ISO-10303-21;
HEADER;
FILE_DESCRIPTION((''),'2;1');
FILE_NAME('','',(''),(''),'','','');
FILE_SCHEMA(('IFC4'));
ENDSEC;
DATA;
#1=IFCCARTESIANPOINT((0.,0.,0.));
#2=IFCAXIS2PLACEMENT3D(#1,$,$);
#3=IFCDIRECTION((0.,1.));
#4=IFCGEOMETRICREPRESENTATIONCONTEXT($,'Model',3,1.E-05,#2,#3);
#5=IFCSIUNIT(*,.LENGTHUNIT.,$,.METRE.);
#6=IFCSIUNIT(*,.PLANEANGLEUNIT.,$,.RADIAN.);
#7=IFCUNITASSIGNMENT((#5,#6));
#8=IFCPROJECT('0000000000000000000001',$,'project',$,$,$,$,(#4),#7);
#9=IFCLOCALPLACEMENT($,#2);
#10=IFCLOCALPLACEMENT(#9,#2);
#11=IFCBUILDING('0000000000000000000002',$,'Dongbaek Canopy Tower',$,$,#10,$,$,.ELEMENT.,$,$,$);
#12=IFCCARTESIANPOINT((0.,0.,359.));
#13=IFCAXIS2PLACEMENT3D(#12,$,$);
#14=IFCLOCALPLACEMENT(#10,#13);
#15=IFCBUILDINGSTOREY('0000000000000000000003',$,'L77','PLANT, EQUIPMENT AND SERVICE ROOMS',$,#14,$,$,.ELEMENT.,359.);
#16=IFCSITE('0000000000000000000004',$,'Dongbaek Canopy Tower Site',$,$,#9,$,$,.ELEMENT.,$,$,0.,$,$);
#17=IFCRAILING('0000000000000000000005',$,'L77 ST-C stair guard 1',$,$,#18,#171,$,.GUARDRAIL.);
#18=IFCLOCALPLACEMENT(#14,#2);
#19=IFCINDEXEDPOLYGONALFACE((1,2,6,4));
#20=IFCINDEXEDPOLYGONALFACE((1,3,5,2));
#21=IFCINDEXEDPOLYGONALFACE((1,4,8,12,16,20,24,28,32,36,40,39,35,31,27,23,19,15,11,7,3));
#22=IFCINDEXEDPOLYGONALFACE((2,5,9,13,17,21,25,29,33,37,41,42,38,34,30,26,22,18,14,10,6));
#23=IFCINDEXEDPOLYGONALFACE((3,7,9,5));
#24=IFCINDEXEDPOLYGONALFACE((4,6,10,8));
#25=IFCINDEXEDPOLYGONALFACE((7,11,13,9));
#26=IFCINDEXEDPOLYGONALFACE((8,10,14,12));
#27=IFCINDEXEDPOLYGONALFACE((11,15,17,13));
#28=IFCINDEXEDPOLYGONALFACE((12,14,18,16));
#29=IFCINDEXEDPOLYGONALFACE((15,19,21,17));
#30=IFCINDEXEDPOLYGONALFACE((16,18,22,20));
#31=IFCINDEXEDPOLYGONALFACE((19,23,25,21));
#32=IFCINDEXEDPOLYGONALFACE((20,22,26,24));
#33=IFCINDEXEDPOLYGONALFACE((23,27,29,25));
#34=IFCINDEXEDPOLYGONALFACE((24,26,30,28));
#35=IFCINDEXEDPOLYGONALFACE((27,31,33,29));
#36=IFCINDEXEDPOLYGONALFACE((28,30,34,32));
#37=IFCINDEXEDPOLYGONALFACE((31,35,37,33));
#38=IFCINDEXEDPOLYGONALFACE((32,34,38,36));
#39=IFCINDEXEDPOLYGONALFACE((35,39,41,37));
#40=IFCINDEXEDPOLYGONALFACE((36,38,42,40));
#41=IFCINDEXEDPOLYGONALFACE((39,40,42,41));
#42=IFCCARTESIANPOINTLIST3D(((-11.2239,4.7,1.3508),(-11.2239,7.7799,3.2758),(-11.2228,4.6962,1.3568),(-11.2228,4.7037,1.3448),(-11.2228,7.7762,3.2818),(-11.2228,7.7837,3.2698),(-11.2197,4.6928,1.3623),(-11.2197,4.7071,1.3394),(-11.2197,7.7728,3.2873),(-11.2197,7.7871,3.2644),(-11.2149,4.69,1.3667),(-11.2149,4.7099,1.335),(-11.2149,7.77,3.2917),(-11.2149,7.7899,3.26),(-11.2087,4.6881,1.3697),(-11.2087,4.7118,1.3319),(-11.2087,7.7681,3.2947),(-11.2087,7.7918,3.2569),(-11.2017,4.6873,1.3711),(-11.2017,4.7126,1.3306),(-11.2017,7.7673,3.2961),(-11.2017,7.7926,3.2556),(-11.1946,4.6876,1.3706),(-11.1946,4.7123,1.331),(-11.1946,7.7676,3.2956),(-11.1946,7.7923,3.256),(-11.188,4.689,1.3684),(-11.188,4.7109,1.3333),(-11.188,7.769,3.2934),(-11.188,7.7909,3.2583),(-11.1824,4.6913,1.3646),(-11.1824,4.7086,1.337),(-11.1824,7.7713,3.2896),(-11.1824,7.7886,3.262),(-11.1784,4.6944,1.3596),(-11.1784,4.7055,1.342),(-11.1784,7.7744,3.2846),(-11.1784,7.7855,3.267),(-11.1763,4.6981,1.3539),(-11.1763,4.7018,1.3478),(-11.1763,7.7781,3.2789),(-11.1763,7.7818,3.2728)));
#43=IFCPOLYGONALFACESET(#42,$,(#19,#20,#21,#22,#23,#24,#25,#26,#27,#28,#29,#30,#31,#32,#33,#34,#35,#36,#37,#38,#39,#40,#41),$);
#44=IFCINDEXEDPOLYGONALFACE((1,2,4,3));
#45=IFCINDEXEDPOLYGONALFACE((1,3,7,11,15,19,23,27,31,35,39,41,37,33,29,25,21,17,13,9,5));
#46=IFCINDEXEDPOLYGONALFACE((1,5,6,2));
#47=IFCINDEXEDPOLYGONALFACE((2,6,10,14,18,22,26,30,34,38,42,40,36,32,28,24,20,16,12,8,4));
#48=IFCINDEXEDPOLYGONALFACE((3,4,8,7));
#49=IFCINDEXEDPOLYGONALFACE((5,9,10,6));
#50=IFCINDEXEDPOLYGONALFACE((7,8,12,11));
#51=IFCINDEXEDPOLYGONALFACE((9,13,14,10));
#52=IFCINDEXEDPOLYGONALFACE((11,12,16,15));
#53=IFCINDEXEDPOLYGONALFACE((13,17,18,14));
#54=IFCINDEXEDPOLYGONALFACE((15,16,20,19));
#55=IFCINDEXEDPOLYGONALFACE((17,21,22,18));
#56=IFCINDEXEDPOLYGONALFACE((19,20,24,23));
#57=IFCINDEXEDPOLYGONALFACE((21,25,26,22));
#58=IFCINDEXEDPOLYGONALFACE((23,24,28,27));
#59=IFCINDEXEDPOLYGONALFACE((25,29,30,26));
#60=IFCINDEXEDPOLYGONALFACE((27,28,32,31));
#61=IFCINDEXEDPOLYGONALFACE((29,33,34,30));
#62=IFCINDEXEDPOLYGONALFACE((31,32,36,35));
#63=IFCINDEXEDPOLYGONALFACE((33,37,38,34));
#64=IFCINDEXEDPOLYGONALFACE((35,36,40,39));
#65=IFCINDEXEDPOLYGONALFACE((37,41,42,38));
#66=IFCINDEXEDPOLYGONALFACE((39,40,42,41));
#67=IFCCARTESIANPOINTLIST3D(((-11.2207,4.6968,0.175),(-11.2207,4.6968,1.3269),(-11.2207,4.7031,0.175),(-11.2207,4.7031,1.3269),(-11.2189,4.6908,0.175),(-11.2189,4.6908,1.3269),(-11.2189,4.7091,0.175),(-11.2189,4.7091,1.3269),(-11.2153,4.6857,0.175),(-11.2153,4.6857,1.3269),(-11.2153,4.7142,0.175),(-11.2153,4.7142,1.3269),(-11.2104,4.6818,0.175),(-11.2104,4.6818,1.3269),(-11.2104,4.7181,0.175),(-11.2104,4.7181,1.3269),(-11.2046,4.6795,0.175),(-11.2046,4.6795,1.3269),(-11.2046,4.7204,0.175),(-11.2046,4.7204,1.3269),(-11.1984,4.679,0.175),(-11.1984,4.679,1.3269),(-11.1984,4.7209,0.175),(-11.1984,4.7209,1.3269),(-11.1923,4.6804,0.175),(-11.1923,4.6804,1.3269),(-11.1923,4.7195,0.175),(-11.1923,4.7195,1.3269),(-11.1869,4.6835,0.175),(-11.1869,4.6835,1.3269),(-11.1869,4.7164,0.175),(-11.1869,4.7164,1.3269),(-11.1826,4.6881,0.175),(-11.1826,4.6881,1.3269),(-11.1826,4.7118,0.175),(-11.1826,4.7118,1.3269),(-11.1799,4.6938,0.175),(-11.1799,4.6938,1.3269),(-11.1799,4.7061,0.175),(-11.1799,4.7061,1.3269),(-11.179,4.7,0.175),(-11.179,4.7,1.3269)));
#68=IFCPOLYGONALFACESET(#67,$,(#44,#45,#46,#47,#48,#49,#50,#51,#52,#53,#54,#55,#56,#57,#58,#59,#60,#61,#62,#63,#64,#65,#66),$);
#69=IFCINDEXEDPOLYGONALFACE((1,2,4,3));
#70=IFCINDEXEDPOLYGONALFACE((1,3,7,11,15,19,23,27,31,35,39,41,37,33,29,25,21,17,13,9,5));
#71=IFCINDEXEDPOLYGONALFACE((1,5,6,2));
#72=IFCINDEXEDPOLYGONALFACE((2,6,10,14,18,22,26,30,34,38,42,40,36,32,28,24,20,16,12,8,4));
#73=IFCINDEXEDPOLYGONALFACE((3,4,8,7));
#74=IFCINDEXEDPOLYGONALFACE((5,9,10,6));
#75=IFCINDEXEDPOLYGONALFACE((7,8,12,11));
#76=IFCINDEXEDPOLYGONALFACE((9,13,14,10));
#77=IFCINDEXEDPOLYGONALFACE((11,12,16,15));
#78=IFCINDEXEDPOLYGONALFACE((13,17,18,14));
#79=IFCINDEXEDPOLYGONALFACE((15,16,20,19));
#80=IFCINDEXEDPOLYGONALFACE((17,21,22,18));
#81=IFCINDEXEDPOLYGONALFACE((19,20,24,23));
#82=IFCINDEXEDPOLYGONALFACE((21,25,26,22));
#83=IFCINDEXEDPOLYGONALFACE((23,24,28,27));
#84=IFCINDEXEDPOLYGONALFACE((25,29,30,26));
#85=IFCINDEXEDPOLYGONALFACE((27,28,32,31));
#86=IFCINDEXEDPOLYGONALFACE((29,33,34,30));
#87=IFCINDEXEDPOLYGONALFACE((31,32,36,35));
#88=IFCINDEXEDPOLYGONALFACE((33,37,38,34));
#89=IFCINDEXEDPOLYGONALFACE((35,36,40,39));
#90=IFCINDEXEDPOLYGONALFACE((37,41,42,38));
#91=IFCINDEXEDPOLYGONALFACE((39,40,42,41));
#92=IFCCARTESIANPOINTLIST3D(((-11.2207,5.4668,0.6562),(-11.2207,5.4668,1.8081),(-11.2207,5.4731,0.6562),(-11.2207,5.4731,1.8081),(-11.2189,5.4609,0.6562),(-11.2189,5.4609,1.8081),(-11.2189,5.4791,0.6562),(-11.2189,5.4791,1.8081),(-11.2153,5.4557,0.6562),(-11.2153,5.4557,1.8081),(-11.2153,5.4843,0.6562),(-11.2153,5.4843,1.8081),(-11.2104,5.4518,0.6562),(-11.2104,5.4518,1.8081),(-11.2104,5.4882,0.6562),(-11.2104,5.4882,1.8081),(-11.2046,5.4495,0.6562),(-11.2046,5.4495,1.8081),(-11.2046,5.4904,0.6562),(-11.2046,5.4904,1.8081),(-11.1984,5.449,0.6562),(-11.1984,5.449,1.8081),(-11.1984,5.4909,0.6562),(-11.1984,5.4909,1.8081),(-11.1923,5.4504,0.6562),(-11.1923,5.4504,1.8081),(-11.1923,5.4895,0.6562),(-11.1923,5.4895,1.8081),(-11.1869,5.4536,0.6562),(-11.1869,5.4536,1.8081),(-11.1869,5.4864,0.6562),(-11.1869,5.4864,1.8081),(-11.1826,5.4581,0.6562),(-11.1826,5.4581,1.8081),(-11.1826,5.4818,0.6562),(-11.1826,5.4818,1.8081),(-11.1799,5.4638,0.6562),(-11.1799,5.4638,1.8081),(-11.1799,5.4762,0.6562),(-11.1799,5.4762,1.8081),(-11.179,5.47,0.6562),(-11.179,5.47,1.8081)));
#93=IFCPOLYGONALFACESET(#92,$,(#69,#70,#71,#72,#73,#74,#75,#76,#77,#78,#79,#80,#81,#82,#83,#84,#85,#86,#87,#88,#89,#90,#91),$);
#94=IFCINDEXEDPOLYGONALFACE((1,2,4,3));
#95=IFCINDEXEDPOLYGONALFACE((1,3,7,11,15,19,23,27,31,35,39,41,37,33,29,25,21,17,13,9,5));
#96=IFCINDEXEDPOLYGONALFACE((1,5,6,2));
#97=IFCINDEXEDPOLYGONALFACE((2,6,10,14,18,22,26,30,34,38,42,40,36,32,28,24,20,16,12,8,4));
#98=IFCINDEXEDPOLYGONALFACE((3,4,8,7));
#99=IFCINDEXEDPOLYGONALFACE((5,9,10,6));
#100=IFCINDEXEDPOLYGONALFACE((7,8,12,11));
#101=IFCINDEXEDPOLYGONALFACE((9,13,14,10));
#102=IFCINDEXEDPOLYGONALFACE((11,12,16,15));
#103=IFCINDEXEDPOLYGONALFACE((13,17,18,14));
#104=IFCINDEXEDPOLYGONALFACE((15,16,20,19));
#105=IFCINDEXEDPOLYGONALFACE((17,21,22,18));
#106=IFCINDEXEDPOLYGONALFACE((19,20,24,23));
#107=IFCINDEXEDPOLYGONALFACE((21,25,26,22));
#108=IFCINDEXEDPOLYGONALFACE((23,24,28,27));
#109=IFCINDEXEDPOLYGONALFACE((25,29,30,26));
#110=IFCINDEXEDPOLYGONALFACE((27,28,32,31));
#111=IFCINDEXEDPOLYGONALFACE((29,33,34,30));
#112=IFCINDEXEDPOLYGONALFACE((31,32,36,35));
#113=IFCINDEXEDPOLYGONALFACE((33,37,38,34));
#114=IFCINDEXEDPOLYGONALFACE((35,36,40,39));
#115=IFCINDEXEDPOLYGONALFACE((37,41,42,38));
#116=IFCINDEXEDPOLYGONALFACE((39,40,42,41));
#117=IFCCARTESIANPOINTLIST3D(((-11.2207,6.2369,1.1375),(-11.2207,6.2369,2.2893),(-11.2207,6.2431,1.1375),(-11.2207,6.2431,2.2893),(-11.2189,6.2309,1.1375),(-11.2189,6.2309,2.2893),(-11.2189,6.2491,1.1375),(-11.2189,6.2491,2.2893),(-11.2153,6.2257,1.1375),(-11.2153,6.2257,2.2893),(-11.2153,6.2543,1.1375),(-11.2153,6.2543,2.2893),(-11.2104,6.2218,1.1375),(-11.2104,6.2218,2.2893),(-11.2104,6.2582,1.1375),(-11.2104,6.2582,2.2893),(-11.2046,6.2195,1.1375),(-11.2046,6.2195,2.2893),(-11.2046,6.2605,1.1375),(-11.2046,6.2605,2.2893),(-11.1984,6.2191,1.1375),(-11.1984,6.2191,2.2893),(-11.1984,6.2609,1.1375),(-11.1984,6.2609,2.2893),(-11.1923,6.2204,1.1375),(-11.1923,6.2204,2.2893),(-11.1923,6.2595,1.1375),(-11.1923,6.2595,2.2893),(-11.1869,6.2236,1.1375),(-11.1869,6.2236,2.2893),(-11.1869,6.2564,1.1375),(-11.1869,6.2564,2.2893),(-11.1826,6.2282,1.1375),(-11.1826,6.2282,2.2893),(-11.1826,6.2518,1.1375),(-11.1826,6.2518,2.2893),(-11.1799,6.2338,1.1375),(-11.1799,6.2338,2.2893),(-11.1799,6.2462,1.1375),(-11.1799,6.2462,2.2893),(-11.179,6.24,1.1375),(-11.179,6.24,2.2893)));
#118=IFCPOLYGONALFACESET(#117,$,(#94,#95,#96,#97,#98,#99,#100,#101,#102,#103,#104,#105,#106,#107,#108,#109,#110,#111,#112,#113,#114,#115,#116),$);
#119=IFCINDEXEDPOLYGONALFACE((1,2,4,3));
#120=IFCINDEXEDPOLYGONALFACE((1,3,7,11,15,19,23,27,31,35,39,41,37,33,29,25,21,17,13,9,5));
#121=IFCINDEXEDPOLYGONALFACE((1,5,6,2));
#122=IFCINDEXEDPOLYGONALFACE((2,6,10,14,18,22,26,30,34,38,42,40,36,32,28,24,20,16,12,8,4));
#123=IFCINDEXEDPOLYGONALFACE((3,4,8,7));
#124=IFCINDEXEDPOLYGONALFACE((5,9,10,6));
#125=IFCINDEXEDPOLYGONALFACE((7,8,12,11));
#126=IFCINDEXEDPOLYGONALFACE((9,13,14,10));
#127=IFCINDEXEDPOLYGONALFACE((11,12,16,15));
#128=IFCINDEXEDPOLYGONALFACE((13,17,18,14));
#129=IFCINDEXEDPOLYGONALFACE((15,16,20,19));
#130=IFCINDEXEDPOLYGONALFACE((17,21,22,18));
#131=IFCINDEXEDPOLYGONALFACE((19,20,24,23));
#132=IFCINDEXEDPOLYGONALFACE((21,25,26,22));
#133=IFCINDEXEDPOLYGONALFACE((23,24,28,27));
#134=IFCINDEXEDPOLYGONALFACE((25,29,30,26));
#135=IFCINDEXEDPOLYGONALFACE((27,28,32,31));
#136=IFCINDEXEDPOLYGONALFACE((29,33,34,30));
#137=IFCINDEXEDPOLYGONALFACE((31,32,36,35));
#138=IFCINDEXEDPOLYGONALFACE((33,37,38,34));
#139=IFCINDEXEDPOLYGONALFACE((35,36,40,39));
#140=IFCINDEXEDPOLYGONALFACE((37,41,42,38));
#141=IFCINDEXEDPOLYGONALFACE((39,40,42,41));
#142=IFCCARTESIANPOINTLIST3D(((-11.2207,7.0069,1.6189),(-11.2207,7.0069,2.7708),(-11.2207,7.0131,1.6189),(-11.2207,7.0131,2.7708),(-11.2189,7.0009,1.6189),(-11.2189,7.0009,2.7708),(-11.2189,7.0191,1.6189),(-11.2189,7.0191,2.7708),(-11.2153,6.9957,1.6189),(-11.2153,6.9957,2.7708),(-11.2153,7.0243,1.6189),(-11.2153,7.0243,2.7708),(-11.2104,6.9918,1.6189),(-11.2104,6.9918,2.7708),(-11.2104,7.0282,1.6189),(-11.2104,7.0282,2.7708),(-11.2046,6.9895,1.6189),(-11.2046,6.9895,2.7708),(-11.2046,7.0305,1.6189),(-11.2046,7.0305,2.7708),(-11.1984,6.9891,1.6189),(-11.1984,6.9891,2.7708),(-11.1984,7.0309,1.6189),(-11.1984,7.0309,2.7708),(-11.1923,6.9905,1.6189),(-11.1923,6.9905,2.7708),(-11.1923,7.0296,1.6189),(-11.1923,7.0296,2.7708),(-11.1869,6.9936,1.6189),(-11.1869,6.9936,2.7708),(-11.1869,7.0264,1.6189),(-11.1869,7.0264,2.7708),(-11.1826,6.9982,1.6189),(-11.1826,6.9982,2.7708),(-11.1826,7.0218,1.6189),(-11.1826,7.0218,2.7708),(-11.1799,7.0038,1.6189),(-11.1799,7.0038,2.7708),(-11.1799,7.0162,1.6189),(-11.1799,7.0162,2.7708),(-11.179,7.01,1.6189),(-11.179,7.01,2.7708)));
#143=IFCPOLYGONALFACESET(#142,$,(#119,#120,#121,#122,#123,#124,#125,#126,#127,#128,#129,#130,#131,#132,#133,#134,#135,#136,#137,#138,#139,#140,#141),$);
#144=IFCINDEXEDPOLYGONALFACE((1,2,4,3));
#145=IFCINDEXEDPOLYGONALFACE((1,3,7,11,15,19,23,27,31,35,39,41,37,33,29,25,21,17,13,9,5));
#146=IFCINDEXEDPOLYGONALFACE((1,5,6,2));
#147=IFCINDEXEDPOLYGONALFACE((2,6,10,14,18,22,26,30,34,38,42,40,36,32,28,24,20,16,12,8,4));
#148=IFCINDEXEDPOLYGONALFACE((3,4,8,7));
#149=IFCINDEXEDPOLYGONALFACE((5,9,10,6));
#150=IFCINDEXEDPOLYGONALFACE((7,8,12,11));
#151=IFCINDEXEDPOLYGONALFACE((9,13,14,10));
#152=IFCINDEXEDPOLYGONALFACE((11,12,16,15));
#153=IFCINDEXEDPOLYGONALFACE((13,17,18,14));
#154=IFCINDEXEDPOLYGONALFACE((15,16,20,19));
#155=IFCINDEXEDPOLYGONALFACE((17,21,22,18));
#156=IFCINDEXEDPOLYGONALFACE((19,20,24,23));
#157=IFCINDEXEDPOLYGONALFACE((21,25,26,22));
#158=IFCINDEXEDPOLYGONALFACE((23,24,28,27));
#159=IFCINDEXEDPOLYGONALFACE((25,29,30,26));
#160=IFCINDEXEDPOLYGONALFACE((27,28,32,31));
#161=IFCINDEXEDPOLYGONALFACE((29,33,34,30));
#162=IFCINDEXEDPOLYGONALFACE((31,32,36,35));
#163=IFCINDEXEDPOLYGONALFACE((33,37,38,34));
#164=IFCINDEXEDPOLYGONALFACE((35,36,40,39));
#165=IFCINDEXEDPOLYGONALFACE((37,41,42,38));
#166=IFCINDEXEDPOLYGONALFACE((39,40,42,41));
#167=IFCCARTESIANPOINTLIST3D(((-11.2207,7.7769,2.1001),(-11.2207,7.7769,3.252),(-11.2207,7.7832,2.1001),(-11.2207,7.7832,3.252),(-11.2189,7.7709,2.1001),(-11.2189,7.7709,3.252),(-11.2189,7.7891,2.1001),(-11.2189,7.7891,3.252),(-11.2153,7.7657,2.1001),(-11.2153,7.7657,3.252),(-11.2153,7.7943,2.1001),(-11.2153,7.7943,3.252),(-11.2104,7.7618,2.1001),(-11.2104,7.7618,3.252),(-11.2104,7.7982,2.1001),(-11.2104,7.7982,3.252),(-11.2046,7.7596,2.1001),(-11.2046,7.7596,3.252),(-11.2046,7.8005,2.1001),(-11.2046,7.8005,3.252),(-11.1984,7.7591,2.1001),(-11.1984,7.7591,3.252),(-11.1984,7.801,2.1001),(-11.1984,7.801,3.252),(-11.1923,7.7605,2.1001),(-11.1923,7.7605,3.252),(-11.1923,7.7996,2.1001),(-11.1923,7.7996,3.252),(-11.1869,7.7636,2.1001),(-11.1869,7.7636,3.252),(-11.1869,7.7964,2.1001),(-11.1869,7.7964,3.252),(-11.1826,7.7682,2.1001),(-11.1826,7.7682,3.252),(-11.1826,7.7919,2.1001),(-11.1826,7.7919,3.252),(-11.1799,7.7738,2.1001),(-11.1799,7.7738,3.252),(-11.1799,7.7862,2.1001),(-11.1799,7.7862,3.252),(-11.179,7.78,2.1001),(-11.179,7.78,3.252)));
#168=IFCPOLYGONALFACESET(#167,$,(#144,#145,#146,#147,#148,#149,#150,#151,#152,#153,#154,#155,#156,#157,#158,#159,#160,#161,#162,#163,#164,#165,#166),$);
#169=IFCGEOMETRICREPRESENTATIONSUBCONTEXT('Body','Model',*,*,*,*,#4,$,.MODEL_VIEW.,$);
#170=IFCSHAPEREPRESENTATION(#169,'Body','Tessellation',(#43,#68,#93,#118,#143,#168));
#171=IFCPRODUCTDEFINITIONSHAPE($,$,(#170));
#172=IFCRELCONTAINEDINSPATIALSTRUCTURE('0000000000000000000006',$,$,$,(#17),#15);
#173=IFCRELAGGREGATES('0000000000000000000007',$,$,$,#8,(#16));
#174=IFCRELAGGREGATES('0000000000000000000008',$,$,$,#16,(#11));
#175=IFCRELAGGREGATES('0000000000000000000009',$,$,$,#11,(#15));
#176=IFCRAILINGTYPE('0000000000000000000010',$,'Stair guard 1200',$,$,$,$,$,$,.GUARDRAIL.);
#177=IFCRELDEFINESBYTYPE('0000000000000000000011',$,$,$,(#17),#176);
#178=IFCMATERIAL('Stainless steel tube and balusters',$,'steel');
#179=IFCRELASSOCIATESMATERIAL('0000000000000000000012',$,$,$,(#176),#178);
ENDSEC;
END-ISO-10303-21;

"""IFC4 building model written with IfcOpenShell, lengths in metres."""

from ifc_helpers import new_model, si_unit, direction, frame, origin, origin_2d, place, context, subcontext, project, spatial, circle, extrude, material, type_object, element, save


model = new_model("IFC4")

# Units and contexts
model_context = context("Model", 3, precision=1e-05, world=origin(), true_north=direction((0.0, 1.0)))
body_context = subcontext(model_context, "Body", "Model", "MODEL_VIEW")
ifc_project = project(units=[si_unit("LENGTHUNIT", "METRE"), si_unit("PLANEANGLEUNIT", "RADIAN")], contexts=[model_context])

# Site, building, storey
site_placement = place(None, origin())
site = spatial("IfcSite", under=ifc_project, at=site_placement, Name="Dongbaek Canopy Tower Site", CompositionType="ELEMENT", RefElevation=0.0)
building_placement = place(site_placement, origin())
building = spatial("IfcBuilding", under=site, at=building_placement, Name="Dongbaek Canopy Tower", CompositionType="ELEMENT")
storey_placement = place(building_placement, frame((0.0, 0.0, 359.0)))
storey = spatial("IfcBuildingStorey", under=building, at=storey_placement, Name="L77", Description="PLANT, EQUIPMENT AND SERVICE ROOMS", CompositionType="ELEMENT", Elevation=359.0)

# Railing
ifc_material_1 = material(Name="Stainless steel tube and balusters", Category="steel")
railing_type_1 = type_object("IfcRailingType", Name="Stair guard 1200", PredefinedType="GUARDRAIL", material=ifc_material_1)
railing_1_placement = place(storey_placement, frame((-11.2, 4.7, 0.175)))
element("IfcRailing", 1, at=railing_1_placement, inside=storey, type_object=railing_type_1, Name="L77 ST-C stair guard 1", PredefinedType="GUARDRAIL", context=body_context, shape_type="SweptSolid", body=[
    extrude(circle(Radius=0.0239, at=origin_2d()), frame((0.0, 0.0, 1.1758), z_axis=(0.0, 0.847998, 0.529999), x_axis=(-1.0, 0.0, 0.0)), (0.0, 0.0, 1.0), 3.6321),
    extrude(circle(Radius=0.021, at=origin_2d()), origin(), (0.0, 0.0, 1.0), 1.1519),
    extrude(circle(Radius=0.021, at=origin_2d()), frame((0.0, 0.77, 0.4812)), (0.0, 0.0, 1.0), 1.1519),
    extrude(circle(Radius=0.021, at=origin_2d()), frame((0.0, 1.54, 0.9624)), (0.0, 0.0, 1.0), 1.1519),
    extrude(circle(Radius=0.021, at=origin_2d()), frame((0.0, 2.3101, 1.4438)), (0.0, 0.0, 1.0), 1.1519),
    extrude(circle(Radius=0.021, at=origin_2d()), frame((0.0, 3.0801, 1.925)), (0.0, 0.0, 1.0), 1.1519),
])

save(model, "model.ifc")
